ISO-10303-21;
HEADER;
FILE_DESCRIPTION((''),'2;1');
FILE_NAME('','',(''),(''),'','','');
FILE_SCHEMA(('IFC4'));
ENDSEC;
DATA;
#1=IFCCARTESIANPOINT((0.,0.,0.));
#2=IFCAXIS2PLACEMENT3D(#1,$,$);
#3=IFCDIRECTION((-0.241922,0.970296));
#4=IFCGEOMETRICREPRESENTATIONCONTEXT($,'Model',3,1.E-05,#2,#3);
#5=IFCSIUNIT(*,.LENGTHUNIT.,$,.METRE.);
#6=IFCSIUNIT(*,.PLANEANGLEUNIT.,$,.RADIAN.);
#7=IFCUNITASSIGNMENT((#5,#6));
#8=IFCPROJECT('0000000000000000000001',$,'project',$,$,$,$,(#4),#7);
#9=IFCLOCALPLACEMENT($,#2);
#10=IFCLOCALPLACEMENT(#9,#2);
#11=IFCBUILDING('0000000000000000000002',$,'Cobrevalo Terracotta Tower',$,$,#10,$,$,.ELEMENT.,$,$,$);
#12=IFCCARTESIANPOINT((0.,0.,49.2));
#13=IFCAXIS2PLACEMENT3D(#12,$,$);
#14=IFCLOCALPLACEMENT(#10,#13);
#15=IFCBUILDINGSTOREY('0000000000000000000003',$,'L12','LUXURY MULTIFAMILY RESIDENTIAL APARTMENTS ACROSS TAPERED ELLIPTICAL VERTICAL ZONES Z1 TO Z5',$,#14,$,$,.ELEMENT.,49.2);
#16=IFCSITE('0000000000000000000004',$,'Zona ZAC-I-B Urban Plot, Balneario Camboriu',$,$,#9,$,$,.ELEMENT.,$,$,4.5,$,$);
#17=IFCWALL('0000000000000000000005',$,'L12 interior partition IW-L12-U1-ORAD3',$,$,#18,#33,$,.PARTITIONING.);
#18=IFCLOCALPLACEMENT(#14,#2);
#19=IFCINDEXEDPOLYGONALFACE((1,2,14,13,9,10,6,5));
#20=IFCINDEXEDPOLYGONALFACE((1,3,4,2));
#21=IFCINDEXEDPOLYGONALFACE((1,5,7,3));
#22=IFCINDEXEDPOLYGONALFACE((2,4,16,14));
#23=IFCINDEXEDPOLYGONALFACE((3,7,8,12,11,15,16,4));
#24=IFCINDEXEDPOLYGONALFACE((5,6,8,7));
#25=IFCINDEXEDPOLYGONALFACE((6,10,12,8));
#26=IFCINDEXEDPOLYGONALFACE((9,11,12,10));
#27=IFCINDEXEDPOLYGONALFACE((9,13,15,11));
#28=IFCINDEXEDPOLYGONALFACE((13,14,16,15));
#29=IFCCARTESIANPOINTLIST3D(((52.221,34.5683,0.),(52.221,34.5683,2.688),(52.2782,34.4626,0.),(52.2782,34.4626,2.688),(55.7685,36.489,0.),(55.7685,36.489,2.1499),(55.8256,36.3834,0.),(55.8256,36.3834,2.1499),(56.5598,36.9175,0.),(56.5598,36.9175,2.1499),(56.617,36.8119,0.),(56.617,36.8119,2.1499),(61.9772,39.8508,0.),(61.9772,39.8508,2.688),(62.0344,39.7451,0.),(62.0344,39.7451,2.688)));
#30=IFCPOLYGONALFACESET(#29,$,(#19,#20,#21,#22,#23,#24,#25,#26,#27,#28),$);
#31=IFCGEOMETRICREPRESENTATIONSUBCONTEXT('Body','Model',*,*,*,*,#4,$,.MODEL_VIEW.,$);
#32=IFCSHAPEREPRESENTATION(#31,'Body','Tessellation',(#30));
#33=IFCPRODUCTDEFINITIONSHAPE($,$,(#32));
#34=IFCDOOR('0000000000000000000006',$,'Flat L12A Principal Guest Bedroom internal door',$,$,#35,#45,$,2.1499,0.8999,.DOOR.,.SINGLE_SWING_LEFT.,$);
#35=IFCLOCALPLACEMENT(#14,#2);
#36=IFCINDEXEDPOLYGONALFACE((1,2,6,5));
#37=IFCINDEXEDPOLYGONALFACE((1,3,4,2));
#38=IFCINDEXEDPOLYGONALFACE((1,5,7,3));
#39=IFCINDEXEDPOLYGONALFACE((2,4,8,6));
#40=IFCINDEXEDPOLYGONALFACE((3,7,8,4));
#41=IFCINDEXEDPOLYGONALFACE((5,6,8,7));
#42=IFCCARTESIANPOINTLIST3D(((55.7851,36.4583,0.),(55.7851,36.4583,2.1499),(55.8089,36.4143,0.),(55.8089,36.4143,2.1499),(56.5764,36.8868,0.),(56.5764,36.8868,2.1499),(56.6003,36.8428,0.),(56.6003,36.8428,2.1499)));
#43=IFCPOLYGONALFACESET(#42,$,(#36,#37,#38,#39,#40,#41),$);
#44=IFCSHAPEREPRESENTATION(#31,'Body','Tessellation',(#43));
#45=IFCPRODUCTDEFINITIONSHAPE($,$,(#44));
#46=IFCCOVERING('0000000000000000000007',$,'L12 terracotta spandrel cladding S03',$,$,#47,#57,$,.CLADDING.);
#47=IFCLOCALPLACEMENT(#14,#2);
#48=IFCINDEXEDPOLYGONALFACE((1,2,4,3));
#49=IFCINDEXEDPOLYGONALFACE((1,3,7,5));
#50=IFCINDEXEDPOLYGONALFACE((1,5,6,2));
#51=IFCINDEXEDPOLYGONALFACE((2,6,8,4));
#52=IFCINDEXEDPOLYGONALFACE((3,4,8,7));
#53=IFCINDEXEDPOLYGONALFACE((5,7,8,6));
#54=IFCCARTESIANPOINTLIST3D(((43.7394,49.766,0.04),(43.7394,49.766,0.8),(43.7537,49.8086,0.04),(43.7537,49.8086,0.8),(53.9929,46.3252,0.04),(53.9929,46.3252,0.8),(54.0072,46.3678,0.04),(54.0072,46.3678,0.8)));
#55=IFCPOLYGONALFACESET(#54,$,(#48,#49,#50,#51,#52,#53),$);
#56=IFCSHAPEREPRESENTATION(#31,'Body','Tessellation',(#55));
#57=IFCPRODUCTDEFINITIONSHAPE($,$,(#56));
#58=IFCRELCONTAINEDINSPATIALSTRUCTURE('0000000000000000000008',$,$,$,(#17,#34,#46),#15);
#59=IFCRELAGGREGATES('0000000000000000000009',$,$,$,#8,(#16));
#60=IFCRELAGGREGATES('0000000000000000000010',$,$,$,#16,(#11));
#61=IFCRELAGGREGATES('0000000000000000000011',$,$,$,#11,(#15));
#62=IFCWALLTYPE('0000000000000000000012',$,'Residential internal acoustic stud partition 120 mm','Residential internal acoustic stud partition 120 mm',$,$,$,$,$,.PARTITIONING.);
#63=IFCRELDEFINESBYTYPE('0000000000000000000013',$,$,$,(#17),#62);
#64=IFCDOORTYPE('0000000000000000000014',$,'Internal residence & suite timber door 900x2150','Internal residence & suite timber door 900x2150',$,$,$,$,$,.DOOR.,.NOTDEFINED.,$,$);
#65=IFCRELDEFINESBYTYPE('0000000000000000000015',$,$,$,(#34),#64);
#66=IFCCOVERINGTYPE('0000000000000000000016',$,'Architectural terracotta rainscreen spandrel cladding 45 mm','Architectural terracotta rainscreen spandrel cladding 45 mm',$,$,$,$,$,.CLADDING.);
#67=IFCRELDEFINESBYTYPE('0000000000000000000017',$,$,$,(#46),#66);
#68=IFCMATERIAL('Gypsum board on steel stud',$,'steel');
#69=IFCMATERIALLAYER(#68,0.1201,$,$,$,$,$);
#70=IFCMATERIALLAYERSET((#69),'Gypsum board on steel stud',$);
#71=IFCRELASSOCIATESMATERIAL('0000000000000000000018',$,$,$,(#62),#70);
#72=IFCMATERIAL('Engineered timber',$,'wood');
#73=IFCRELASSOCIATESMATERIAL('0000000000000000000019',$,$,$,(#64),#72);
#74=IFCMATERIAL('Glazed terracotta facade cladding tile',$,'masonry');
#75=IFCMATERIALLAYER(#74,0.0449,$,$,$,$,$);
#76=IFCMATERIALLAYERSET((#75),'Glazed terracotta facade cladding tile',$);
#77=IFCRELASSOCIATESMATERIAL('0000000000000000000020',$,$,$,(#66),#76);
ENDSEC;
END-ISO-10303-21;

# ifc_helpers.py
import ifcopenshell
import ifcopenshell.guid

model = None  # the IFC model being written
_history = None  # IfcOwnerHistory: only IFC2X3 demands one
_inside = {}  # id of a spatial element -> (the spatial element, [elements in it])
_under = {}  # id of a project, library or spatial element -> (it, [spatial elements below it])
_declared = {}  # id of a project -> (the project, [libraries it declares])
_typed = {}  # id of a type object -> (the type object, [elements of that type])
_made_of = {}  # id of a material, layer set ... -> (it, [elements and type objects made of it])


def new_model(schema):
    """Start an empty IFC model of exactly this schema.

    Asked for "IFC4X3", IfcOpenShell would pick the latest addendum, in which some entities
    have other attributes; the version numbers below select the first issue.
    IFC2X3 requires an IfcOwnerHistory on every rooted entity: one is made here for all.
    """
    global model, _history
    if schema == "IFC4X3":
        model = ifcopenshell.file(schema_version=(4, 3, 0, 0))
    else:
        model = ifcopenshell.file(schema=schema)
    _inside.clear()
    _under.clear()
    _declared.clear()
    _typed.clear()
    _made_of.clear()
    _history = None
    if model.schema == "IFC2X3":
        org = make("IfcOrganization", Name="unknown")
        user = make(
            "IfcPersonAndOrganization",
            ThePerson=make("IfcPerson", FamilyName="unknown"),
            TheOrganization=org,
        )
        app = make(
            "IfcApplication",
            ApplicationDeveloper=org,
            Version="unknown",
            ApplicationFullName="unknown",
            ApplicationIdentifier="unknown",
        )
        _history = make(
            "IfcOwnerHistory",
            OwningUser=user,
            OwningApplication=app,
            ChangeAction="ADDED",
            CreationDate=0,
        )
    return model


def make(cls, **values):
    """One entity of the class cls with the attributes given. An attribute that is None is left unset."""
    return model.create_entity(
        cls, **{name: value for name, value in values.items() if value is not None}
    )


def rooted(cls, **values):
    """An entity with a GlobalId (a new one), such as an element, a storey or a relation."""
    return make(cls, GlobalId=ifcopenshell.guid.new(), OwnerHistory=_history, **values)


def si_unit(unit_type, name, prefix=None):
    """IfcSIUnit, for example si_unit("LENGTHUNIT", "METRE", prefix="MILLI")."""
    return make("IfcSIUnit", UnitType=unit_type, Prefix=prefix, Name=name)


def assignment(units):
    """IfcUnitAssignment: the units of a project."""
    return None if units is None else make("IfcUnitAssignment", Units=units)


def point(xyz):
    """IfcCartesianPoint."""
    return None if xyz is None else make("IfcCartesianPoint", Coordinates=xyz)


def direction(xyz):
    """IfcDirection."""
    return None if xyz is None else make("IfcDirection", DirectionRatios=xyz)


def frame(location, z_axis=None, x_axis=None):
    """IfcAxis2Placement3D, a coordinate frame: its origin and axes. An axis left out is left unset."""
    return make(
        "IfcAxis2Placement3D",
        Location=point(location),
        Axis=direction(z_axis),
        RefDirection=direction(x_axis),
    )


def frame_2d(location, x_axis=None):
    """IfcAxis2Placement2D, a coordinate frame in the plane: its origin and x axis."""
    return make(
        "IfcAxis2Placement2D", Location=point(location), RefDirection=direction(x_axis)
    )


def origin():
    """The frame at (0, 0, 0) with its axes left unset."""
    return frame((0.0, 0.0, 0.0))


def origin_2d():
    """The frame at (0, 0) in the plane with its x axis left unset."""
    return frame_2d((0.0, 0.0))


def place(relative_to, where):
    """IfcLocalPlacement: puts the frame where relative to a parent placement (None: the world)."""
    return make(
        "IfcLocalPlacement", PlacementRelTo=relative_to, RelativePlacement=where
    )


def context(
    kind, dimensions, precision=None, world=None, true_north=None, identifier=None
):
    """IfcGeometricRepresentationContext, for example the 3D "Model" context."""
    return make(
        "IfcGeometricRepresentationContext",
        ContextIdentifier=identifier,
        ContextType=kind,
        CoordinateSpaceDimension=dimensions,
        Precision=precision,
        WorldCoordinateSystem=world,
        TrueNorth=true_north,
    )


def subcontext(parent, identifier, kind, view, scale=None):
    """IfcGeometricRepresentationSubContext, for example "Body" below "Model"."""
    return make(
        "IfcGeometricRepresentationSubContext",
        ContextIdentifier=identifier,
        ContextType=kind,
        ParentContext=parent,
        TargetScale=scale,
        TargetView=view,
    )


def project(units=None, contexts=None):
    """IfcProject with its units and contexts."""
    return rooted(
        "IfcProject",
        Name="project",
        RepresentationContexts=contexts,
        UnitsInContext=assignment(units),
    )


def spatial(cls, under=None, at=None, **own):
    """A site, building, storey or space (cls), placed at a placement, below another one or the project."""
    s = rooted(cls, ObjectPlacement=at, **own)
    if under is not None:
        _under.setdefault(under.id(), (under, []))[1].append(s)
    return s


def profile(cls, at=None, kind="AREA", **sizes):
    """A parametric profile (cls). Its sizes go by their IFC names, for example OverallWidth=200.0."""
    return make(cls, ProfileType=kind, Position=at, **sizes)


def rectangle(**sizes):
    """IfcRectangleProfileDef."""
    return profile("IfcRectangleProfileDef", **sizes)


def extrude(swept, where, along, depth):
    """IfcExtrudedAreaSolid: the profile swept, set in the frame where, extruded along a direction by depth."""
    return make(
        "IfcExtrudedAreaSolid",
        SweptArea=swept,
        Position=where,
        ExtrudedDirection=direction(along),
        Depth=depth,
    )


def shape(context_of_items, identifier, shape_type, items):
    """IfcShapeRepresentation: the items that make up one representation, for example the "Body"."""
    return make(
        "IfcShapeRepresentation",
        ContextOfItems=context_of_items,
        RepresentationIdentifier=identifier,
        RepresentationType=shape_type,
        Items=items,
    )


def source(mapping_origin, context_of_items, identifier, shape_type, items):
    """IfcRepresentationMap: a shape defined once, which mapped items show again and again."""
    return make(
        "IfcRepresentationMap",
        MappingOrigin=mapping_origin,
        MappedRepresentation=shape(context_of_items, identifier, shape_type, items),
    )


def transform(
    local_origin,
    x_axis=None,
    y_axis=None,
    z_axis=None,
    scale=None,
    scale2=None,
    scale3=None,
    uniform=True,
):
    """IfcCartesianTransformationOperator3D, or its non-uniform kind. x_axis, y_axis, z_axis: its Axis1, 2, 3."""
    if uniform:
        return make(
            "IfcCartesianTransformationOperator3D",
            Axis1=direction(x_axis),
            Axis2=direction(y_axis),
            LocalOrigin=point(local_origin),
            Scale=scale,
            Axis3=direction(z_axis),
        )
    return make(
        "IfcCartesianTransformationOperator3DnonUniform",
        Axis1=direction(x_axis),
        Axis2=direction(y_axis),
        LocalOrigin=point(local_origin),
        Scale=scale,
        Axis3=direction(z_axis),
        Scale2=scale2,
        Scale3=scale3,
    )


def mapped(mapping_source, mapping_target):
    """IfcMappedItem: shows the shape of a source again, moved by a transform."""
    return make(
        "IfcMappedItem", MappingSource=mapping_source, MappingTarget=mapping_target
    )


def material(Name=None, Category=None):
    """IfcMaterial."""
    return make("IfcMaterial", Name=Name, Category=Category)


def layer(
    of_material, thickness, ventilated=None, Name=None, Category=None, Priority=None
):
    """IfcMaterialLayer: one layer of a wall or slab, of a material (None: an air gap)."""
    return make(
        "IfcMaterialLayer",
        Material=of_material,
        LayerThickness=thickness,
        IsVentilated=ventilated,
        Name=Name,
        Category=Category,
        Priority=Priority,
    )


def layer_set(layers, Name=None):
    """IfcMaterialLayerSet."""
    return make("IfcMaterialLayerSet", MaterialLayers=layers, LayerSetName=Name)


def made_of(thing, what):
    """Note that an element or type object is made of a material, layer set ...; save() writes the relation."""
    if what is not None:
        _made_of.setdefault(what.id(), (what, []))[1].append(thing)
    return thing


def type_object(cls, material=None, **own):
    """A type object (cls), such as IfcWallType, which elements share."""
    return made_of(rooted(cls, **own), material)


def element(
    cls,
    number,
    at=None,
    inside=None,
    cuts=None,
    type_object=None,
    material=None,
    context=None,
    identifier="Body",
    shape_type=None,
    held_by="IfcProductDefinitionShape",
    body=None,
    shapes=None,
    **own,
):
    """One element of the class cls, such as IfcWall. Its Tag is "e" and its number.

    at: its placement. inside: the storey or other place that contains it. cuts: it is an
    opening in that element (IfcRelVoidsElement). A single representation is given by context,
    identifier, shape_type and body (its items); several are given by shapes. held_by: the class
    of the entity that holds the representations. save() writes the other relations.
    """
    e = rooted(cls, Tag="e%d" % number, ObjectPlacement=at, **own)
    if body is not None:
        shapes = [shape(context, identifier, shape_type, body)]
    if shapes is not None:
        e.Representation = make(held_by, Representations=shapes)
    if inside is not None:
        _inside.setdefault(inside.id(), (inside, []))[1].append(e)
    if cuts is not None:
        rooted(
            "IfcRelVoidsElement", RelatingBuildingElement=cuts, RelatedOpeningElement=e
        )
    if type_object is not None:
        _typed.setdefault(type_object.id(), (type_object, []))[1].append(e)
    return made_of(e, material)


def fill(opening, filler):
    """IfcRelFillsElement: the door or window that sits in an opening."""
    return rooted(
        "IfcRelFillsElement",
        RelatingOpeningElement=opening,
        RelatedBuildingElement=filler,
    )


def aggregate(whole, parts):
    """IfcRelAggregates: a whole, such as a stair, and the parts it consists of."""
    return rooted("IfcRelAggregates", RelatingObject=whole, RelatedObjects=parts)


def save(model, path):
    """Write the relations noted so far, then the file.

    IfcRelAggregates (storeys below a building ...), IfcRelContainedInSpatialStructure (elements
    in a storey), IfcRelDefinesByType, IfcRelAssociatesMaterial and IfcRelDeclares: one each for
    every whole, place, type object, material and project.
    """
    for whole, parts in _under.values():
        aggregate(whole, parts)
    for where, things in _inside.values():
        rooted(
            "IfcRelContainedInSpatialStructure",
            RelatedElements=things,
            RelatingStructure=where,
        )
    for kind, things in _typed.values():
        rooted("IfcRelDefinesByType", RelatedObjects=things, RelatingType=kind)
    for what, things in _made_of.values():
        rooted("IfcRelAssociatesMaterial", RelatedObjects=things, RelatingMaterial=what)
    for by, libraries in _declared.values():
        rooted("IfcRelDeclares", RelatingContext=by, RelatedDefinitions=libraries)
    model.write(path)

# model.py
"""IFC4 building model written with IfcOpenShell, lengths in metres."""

from ifc_helpers import new_model, si_unit, direction, frame, frame_2d, origin, origin_2d, place, context, subcontext, project, spatial, rectangle, extrude, source, transform, mapped, material, layer, layer_set, type_object, element, fill, save


model = new_model("IFC4")

# Units and contexts
model_context = context("Model", 3, precision=1e-05, world=origin(), true_north=direction((-0.241922, 0.970296)))
body_context = subcontext(model_context, "Body", "Model", "MODEL_VIEW")
ifc_project = project(units=[si_unit("LENGTHUNIT", "METRE"), si_unit("PLANEANGLEUNIT", "RADIAN")], contexts=[model_context])

# Site, building, storey
site_placement = place(None, origin())
site = spatial("IfcSite", under=ifc_project, at=site_placement, Name="Zona ZAC-I-B Urban Plot, Balneario Camboriu", CompositionType="ELEMENT", RefElevation=4.5)
building_placement = place(site_placement, origin())
building = spatial("IfcBuilding", under=site, at=building_placement, Name="Cobrevalo Terracotta Tower", CompositionType="ELEMENT")
storey_placement = place(building_placement, frame((0.0, 0.0, 49.2)))
storey = spatial("IfcBuildingStorey", under=building, at=storey_placement, Name="L12", Description="LUXURY MULTIFAMILY RESIDENTIAL APARTMENTS ACROSS TAPERED ELLIPTICAL VERTICAL ZONES Z1 TO Z5", CompositionType="ELEMENT", Elevation=49.2)

# Shared definitions
ifc_material_1 = material(Name="Gypsum board on steel stud", Category="steel")
ifc_layer_1 = layer(ifc_material_1, 0.1201)
ifc_layer_set_1 = layer_set([ifc_layer_1], Name="Gypsum board on steel stud")
wall_type_1 = type_object("IfcWallType", Name="Residential internal acoustic stud partition 120 mm", Description="Residential internal acoustic stud partition 120 mm", PredefinedType="PARTITIONING", material=ifc_layer_set_1)
ifc_material_2 = material(Name="Engineered timber", Category="wood")
door_type_1 = type_object("IfcDoorType", Name="Internal residence & suite timber door 900x2150", Description="Internal residence & suite timber door 900x2150", OperationType="NOTDEFINED", PredefinedType="DOOR", material=ifc_material_2)
shared_shape_1 = source(origin(), body_context, "Body", "SweptSolid", [
    extrude(rectangle(XDim=0.8999, YDim=2.1499, at=frame_2d((0.45, 1.075))), frame((0.0, 0.0249, 0.0), z_axis=(0.0, -1.0, 0.0), x_axis=(1.0, 0.0, 0.0)), (0.0, 0.0, 1.0), 0.05),
])

# Wall, opening, door
wall_1_placement = place(storey_placement, frame((52.2495, 34.5154, 0.0), z_axis=(0.0, 0.0, 1.0), x_axis=(0.879371, 0.476138, 0.0)))
wall_1 = element("IfcWall", 1, at=wall_1_placement, inside=storey, type_object=wall_type_1, Name="L12 interior partition IW-L12-U1-ORAD3", PredefinedType="PARTITIONING", context=body_context, shape_type="SweptSolid", body=[
    extrude(rectangle(XDim=11.0945, YDim=0.1201, at=frame_2d((5.5474, 0.0))), origin(), (0.0, 0.0, 1.0), 2.688),
])
opening_1_placement = place(wall_1_placement, frame((4.0342, 0.0, 0.0)))
opening_1 = element("IfcOpeningElement", 2, at=opening_1_placement, cuts=wall_1, PredefinedType="OPENING", context=body_context, shape_type="SweptSolid", body=[
    extrude(rectangle(XDim=0.8999, YDim=2.1499, at=frame_2d((0.45, 1.075))), frame((0.0, 0.0701, 0.0), z_axis=(0.0, -1.0, 0.0), x_axis=(1.0, 0.0, 0.0)), (0.0, 0.0, 1.0), 0.1401),
])
door_1_placement = place(opening_1_placement, frame((0.8999, 0.0, 0.0), z_axis=(0.0, 0.0, 1.0), x_axis=(-1.0, 0.0, 0.0)))
door_1 = element("IfcDoor", 3, at=door_1_placement, inside=storey, type_object=door_type_1, Name="Flat L12A Principal Guest Bedroom internal door", OperationType="SINGLE_SWING_LEFT", OverallHeight=2.1499, OverallWidth=0.8999, PredefinedType="DOOR", context=body_context, shape_type="MappedRepresentation", body=[
    mapped(shared_shape_1, transform((0.0, 0.0, 0.0), scale=1.0)),
])
fill(opening_1, door_1)

# Covering
ifc_material_3 = material(Name="Glazed terracotta facade cladding tile", Category="masonry")
ifc_layer_2 = layer(ifc_material_3, 0.0449)
ifc_layer_set_2 = layer_set([ifc_layer_2], Name="Glazed terracotta facade cladding tile")
covering_type = type_object("IfcCoveringType", Name="Architectural terracotta rainscreen spandrel cladding 45 mm", Description="Architectural terracotta rainscreen spandrel cladding 45 mm", PredefinedType="CLADDING", material=ifc_layer_set_2)
shared_shape_2 = source(origin(), body_context, "Body", "SweptSolid", [
    extrude(rectangle(XDim=10.8154, YDim=0.0449, at=origin_2d()), origin(), (0.0, 0.0, 1.0), 0.76),
])
covering_placement = place(storey_placement, frame((48.8733, 48.0669, 0.04), z_axis=(0.0, 0.0, 1.0), x_axis=(-0.948044, 0.318139, 0.0)))
element("IfcCovering", 4, at=covering_placement, inside=storey, type_object=covering_type, Name="L12 terracotta spandrel cladding S03", PredefinedType="CLADDING", context=body_context, shape_type="MappedRepresentation", body=[
    mapped(shared_shape_2, transform((0.0, 0.0, 0.0), scale=1.0)),
])

save(model, "model.ifc")
